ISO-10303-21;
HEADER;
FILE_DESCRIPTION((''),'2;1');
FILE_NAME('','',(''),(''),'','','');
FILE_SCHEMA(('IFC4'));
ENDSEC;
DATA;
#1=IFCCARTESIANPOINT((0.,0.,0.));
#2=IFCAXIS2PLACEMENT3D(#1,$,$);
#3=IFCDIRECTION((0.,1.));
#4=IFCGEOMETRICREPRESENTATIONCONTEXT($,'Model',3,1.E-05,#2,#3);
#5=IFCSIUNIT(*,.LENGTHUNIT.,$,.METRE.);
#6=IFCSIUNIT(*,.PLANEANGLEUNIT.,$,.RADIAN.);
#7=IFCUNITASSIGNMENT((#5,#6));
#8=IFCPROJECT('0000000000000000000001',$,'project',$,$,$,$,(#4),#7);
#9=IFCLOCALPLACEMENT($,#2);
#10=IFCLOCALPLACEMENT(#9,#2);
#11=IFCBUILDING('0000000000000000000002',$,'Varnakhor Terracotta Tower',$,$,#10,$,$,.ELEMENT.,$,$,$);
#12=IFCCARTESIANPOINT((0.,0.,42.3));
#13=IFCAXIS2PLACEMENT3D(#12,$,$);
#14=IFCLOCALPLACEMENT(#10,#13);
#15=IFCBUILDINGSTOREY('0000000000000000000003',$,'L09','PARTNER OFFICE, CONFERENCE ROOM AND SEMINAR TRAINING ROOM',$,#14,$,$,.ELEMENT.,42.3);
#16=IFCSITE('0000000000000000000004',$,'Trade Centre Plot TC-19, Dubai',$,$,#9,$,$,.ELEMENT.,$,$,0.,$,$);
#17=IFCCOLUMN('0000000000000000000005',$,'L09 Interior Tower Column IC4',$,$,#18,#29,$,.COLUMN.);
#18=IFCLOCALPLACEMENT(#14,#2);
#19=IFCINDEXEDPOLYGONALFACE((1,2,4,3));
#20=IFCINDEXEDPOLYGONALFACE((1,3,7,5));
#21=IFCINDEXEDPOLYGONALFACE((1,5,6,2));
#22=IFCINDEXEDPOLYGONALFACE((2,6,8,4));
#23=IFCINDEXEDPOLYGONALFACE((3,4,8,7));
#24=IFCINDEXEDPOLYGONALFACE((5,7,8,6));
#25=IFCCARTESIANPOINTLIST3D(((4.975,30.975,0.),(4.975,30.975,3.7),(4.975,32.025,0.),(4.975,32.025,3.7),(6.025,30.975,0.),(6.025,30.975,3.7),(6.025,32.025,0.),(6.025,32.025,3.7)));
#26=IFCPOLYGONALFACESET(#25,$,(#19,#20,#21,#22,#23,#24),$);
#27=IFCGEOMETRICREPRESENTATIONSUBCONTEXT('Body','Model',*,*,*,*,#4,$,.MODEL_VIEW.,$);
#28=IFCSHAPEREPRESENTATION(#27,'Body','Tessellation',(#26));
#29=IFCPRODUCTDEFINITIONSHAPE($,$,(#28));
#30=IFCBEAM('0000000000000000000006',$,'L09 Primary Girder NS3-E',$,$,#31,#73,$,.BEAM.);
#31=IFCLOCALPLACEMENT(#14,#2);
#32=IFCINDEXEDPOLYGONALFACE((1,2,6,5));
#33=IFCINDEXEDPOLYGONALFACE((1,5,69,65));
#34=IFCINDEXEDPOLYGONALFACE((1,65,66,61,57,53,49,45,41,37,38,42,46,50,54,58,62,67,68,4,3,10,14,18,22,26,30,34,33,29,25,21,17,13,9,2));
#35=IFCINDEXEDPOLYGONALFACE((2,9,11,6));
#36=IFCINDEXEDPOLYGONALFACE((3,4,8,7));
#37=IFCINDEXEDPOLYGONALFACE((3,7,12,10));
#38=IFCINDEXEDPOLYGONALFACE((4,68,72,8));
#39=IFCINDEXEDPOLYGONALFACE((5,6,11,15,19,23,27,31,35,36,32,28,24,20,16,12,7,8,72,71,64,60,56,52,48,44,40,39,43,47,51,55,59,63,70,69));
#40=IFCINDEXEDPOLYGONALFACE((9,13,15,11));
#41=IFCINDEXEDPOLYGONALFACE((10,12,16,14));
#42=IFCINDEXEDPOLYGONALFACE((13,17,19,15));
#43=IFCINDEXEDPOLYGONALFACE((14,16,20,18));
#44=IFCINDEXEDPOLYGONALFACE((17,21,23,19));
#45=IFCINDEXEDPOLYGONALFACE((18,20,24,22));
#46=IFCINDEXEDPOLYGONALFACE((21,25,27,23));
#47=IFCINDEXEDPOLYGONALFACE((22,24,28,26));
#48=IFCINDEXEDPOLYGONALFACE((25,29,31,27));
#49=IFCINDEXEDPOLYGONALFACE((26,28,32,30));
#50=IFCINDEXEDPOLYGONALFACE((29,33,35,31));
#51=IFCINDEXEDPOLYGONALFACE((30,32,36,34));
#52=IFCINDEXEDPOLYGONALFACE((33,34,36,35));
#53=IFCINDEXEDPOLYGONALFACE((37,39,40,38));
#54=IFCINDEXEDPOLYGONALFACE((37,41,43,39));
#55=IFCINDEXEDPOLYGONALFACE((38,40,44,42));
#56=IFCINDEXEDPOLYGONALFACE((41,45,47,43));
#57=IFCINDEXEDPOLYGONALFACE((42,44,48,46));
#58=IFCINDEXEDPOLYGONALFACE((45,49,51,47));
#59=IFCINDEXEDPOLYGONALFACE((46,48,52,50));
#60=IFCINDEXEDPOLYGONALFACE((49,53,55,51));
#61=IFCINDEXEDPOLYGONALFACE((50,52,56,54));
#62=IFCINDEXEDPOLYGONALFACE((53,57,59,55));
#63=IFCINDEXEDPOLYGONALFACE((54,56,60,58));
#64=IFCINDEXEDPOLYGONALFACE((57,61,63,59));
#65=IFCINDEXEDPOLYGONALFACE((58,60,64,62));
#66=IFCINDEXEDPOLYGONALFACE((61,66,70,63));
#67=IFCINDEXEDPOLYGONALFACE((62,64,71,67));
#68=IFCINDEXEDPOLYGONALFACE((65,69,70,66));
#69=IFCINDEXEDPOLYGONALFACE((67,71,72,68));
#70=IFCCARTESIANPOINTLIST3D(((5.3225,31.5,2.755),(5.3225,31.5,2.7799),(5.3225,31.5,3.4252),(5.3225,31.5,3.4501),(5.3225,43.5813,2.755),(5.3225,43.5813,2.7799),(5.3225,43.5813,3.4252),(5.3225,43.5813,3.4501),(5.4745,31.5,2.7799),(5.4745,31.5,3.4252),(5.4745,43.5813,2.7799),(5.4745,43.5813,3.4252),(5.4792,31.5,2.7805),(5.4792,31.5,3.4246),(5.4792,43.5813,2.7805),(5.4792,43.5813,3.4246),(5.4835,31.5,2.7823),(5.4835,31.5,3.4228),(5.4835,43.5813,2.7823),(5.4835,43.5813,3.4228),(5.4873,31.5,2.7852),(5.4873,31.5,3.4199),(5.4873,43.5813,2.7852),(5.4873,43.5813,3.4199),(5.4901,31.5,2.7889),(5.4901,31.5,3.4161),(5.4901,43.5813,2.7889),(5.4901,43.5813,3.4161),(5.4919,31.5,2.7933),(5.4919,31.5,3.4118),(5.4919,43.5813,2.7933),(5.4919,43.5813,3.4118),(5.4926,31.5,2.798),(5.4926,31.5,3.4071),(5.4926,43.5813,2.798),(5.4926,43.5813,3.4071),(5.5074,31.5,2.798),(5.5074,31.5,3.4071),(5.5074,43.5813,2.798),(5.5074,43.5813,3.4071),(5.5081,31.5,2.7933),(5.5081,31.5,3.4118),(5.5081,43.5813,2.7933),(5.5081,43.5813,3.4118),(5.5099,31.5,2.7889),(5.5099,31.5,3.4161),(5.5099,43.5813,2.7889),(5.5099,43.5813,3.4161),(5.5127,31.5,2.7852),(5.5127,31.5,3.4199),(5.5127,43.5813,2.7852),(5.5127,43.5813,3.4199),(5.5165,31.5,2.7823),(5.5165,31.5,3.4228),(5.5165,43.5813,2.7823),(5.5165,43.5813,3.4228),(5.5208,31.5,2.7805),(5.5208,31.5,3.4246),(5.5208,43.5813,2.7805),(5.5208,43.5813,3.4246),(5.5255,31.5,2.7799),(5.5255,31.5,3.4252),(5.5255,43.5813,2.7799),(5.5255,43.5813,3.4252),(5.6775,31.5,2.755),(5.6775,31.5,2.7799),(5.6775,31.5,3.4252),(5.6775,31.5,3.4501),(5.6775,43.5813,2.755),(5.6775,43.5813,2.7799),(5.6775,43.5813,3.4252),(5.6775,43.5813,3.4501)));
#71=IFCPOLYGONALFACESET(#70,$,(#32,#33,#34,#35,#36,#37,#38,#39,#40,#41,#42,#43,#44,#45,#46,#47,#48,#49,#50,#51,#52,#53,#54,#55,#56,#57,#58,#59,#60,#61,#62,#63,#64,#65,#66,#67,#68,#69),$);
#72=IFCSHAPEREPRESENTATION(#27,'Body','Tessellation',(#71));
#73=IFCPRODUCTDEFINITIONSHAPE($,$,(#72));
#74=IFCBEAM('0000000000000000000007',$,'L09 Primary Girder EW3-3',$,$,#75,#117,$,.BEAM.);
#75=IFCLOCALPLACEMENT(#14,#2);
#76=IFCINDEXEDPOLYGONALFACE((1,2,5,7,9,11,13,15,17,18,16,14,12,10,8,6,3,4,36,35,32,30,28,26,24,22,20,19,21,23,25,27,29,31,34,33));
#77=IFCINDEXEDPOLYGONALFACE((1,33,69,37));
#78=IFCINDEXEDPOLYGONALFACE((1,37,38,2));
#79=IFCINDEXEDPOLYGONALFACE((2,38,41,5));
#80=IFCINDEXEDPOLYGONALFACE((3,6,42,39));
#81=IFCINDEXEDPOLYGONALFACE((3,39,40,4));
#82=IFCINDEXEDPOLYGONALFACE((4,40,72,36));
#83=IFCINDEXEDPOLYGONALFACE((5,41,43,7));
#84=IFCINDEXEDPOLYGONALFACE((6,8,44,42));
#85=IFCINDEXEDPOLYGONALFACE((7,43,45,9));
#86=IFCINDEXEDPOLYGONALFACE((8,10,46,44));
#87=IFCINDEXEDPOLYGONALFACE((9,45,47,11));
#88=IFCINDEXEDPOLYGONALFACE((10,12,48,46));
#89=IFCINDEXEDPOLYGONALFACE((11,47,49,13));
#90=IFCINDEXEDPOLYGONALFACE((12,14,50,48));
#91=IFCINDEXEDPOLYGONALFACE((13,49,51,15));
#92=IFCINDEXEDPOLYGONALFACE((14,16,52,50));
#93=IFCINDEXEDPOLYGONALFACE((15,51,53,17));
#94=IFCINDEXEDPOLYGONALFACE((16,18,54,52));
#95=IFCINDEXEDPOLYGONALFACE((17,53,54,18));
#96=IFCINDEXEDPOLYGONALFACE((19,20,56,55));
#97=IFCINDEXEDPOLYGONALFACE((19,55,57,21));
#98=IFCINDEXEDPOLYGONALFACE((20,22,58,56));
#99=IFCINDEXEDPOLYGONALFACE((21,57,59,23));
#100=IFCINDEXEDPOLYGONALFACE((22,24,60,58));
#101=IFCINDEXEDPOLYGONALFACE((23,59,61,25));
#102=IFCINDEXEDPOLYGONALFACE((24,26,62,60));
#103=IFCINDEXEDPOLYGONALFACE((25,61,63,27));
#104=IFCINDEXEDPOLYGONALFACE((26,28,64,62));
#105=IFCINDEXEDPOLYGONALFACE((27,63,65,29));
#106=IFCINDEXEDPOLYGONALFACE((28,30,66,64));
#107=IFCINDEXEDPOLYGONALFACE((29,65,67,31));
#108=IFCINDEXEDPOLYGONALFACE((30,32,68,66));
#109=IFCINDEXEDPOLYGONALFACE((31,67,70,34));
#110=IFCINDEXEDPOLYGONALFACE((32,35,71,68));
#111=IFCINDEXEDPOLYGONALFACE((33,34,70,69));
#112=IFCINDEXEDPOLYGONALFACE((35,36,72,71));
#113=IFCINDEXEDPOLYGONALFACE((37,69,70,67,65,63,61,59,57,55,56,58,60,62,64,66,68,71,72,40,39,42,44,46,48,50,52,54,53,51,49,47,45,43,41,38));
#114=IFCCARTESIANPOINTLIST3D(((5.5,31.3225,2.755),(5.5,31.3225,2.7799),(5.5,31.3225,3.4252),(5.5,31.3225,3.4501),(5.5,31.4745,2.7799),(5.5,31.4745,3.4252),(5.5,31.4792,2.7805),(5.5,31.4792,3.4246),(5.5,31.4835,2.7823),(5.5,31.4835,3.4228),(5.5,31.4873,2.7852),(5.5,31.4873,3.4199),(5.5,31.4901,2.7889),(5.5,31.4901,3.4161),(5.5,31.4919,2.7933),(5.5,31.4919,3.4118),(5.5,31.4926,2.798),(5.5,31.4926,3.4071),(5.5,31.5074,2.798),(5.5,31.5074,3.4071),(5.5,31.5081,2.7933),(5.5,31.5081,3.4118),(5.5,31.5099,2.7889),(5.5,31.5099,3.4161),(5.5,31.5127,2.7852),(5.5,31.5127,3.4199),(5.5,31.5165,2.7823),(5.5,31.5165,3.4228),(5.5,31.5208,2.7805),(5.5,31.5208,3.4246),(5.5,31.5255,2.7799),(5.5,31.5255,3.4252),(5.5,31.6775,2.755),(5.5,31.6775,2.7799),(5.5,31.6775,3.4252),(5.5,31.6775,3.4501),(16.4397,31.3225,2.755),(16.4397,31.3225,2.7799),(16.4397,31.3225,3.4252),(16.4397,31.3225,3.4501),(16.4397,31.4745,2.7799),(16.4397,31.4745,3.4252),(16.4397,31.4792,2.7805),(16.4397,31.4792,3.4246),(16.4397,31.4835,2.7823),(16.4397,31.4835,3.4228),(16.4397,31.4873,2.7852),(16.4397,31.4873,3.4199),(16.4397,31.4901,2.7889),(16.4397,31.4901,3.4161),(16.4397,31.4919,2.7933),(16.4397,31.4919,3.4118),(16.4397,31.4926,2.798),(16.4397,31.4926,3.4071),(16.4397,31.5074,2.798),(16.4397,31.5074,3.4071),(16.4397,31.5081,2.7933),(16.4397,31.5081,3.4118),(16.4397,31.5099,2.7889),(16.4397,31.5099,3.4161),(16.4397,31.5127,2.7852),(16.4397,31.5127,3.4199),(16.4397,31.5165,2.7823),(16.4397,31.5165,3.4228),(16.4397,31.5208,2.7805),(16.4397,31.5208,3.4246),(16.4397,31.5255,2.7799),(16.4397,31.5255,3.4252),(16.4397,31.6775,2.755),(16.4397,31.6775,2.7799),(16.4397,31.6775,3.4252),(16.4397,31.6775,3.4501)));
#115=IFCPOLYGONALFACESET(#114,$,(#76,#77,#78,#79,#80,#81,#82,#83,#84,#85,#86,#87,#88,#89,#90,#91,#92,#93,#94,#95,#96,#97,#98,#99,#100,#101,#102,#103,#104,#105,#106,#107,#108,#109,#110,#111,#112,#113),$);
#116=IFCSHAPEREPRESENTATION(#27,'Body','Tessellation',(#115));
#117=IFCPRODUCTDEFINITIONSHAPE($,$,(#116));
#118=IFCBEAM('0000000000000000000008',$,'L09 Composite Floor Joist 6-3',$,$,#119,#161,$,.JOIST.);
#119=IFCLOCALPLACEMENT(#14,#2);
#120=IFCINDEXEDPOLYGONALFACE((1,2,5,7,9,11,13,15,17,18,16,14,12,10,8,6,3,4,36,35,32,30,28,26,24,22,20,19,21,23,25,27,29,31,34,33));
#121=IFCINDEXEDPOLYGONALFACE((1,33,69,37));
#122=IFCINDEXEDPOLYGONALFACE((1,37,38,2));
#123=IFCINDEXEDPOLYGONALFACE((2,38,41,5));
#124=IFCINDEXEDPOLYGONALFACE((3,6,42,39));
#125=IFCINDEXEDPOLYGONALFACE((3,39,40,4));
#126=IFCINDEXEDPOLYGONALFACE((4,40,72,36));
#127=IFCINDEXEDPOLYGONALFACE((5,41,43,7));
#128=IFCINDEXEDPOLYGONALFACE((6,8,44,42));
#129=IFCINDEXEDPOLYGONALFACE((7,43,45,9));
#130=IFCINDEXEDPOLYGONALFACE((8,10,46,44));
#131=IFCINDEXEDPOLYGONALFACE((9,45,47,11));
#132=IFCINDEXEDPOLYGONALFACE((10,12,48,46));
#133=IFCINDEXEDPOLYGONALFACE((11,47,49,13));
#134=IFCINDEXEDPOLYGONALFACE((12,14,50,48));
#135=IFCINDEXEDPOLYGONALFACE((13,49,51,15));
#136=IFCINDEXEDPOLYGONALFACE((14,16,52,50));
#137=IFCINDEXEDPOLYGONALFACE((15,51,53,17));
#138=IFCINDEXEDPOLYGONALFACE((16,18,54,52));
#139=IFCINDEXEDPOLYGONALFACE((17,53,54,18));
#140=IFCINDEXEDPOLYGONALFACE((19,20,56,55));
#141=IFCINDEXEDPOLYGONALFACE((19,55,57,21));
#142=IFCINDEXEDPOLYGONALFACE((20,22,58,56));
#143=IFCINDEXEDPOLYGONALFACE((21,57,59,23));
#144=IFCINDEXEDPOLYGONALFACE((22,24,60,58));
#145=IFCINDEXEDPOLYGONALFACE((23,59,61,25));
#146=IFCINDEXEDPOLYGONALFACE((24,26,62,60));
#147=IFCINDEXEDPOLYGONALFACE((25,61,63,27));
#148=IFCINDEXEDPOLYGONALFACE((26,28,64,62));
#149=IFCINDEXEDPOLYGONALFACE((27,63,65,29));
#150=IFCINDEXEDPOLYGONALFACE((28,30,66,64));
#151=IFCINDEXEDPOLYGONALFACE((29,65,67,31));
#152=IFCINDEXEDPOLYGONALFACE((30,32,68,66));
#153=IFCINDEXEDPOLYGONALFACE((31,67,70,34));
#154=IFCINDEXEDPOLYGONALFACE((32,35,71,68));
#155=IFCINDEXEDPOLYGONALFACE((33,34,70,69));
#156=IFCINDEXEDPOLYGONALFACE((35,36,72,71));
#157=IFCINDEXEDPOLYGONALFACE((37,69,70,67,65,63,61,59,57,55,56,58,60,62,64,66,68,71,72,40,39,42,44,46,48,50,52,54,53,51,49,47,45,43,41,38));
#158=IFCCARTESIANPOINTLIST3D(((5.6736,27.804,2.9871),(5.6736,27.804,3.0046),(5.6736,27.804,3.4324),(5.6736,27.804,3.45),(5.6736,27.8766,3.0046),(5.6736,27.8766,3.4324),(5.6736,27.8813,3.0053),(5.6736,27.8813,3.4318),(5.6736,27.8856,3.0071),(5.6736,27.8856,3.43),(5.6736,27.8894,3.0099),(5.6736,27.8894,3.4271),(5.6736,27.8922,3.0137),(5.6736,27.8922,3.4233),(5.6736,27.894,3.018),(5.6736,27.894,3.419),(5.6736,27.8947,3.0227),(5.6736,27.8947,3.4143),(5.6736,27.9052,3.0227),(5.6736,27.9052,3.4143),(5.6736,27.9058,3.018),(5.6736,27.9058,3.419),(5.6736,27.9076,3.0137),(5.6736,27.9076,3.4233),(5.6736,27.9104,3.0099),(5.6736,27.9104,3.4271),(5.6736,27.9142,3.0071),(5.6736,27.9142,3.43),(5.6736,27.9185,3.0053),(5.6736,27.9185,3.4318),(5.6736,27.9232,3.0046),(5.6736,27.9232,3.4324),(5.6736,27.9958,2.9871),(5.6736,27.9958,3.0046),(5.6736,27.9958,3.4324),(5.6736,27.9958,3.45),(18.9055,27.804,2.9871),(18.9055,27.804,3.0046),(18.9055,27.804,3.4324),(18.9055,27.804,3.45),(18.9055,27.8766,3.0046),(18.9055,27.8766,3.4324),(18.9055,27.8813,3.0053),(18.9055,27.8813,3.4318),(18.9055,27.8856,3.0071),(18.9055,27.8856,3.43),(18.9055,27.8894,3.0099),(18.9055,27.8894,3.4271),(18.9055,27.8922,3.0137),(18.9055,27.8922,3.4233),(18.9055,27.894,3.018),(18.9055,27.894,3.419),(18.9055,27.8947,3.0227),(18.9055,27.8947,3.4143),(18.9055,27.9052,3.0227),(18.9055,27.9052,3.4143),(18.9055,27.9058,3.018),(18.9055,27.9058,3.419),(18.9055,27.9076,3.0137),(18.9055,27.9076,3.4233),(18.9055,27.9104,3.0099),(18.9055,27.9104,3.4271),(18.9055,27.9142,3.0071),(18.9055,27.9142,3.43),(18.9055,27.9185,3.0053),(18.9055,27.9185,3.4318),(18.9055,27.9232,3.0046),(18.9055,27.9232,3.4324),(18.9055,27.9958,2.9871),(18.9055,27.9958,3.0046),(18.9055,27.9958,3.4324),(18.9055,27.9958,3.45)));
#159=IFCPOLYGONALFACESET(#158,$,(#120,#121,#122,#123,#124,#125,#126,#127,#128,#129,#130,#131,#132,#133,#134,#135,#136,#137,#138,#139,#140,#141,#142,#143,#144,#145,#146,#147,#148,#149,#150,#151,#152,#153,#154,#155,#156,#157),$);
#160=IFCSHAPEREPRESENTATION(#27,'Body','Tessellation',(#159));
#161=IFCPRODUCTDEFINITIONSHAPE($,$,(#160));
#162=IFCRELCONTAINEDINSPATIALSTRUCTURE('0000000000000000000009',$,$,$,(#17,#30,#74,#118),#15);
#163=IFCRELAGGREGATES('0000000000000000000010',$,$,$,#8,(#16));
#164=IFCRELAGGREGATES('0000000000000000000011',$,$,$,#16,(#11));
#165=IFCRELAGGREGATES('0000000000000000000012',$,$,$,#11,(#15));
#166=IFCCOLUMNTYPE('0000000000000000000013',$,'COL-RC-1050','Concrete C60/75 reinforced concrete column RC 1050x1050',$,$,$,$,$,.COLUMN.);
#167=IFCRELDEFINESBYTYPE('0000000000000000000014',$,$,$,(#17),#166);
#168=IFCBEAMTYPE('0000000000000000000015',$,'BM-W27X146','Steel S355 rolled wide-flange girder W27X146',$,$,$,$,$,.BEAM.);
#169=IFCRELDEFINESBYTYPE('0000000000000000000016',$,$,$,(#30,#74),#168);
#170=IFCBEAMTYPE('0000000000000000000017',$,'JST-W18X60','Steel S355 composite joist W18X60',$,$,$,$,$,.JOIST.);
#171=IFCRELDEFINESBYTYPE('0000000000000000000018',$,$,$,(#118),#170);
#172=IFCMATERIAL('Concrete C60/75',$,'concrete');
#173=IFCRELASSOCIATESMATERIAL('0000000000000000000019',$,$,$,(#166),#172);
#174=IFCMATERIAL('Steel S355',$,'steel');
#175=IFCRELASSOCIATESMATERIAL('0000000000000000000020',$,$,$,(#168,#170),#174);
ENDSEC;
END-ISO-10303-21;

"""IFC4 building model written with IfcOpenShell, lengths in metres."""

from ifc_helpers import new_model, si_unit, direction, frame, origin, origin_2d, place, context, subcontext, project, spatial, rectangle, i_section, extrude, source, transform, mapped, material, material_profile, profile_set, type_object, element, save


model = new_model("IFC4")

# Units and contexts
model_context = context("Model", 3, precision=1e-05, world=origin(), true_north=direction((0.0, 1.0)))
body_context = subcontext(model_context, "Body", "Model", "MODEL_VIEW")
ifc_project = project(units=[si_unit("LENGTHUNIT", "METRE"), si_unit("PLANEANGLEUNIT", "RADIAN")], contexts=[model_context])

# Site, building, storey
site_placement = place(None, origin())
site = spatial("IfcSite", under=ifc_project, at=site_placement, Name="Trade Centre Plot TC-19, Dubai", CompositionType="ELEMENT", RefElevation=0.0)
building_placement = place(site_placement, origin())
building = spatial("IfcBuilding", under=site, at=building_placement, Name="Varnakhor Terracotta Tower", CompositionType="ELEMENT")
storey_placement = place(building_placement, frame((0.0, 0.0, 42.3)))
storey = spatial("IfcBuildingStorey", under=building, at=storey_placement, Name="L09", Description="PARTNER OFFICE, CONFERENCE ROOM AND SEMINAR TRAINING ROOM", CompositionType="ELEMENT", Elevation=42.3)

# Column
ifc_material_1 = material(Name="Concrete C60/75", Category="concrete")
ifc_material_profile_1 = material_profile(ifc_material_1, rectangle(XDim=1.05, YDim=1.05, at=origin_2d()), Name="RC 1050x1050")
ifc_profile_set_1 = profile_set([ifc_material_profile_1], Name="Concrete C60/75")
column_type = type_object("IfcColumnType", Name="COL-RC-1050", Description="Concrete C60/75 reinforced concrete column RC 1050x1050", PredefinedType="COLUMN", material=ifc_profile_set_1)
shared_shape_1 = source(origin(), body_context, "Body", "SweptSolid", [
    extrude(rectangle(XDim=1.05, YDim=1.05, at=origin_2d()), origin(), (0.0, 0.0, 1.0), 3.7),
])
column_placement = place(storey_placement, frame((5.5, 31.5, 0.0), z_axis=(0.0, 0.0, 1.0), x_axis=(1.0, 0.0, 0.0)))
element("IfcColumn", 1, at=column_placement, inside=storey, type_object=column_type, Name="L09 Interior Tower Column IC4", PredefinedType="COLUMN", context=body_context, shape_type="MappedRepresentation", body=[
    mapped(shared_shape_1, transform((0.0, 0.0, 0.0), scale=1.0)),
])

# Beams
ifc_material_2 = material(Name="Steel S355", Category="steel")
ifc_material_profile_2 = material_profile(ifc_material_2, i_section(OverallWidth=0.355, OverallDepth=0.6951, WebThickness=0.0149, FlangeThickness=0.0249, FilletRadius=0.0181, at=origin_2d()), Name="W27X146")
ifc_profile_set_2 = profile_set([ifc_material_profile_2], Name="Steel S355")
beam_type_1 = type_object("IfcBeamType", Name="BM-W27X146", Description="Steel S355 rolled wide-flange girder W27X146", PredefinedType="BEAM", material=ifc_profile_set_2)
shared_shape_2 = source(origin(), body_context, "Body", "SweptSolid", [
    extrude(i_section(OverallWidth=0.355, OverallDepth=0.6951, WebThickness=0.0149, FlangeThickness=0.0249, FilletRadius=0.0181, at=origin_2d()), origin(), (0.0, 0.0, 1.0), 12.0813),
])
beam_1_placement = place(storey_placement, frame((5.5, 31.5, 3.1025), z_axis=(0.0, 1.0, 0.0), x_axis=(-1.0, 0.0, 0.0)))
element("IfcBeam", 2, at=beam_1_placement, inside=storey, type_object=beam_type_1, Name="L09 Primary Girder NS3-E", PredefinedType="BEAM", context=body_context, shape_type="MappedRepresentation", body=[
    mapped(shared_shape_2, transform((0.0, 0.0, 0.0), scale=1.0)),
])
shared_shape_3 = source(origin(), body_context, "Body", "SweptSolid", [
    extrude(i_section(OverallWidth=0.355, OverallDepth=0.6951, WebThickness=0.0149, FlangeThickness=0.0249, FilletRadius=0.0181, at=origin_2d()), origin(), (0.0, 0.0, 1.0), 10.9397),
])
beam_2_placement = place(storey_placement, frame((5.5, 31.5, 3.1025), z_axis=(1.0, 0.0, 0.0), x_axis=(0.0, 1.0, 0.0)))
element("IfcBeam", 3, at=beam_2_placement, inside=storey, type_object=beam_type_1, Name="L09 Primary Girder EW3-3", PredefinedType="BEAM", context=body_context, shape_type="MappedRepresentation", body=[
    mapped(shared_shape_3, transform((0.0, 0.0, 0.0), scale=1.0)),
])
ifc_material_profile_3 = material_profile(ifc_material_2, i_section(OverallWidth=0.1919, OverallDepth=0.4629, WebThickness=0.0105, FlangeThickness=0.0176, FilletRadius=0.0181, at=origin_2d()), Name="W18X60")
ifc_profile_set_3 = profile_set([ifc_material_profile_3], Name="Steel S355")
beam_type_2 = type_object("IfcBeamType", Name="JST-W18X60", Description="Steel S355 composite joist W18X60", PredefinedType="JOIST", material=ifc_profile_set_3)
shared_shape_4 = source(origin(), body_context, "Body", "SweptSolid", [
    extrude(i_section(OverallWidth=0.1919, OverallDepth=0.4629, WebThickness=0.0105, FlangeThickness=0.0176, FilletRadius=0.0181, at=origin_2d()), origin(), (0.0, 0.0, 1.0), 13.2319),
])
beam_3_placement = place(storey_placement, frame((5.6736, 27.8999, 3.2185), z_axis=(1.0, 0.0, 0.0), x_axis=(0.0, 1.0, 0.0)))
element("IfcBeam", 4, at=beam_3_placement, inside=storey, type_object=beam_type_2, Name="L09 Composite Floor Joist 6-3", PredefinedType="JOIST", context=body_context, shape_type="MappedRepresentation", body=[
    mapped(shared_shape_4, transform((0.0, 0.0, 0.0), scale=1.0)),
])

save(model, "model.ifc")
